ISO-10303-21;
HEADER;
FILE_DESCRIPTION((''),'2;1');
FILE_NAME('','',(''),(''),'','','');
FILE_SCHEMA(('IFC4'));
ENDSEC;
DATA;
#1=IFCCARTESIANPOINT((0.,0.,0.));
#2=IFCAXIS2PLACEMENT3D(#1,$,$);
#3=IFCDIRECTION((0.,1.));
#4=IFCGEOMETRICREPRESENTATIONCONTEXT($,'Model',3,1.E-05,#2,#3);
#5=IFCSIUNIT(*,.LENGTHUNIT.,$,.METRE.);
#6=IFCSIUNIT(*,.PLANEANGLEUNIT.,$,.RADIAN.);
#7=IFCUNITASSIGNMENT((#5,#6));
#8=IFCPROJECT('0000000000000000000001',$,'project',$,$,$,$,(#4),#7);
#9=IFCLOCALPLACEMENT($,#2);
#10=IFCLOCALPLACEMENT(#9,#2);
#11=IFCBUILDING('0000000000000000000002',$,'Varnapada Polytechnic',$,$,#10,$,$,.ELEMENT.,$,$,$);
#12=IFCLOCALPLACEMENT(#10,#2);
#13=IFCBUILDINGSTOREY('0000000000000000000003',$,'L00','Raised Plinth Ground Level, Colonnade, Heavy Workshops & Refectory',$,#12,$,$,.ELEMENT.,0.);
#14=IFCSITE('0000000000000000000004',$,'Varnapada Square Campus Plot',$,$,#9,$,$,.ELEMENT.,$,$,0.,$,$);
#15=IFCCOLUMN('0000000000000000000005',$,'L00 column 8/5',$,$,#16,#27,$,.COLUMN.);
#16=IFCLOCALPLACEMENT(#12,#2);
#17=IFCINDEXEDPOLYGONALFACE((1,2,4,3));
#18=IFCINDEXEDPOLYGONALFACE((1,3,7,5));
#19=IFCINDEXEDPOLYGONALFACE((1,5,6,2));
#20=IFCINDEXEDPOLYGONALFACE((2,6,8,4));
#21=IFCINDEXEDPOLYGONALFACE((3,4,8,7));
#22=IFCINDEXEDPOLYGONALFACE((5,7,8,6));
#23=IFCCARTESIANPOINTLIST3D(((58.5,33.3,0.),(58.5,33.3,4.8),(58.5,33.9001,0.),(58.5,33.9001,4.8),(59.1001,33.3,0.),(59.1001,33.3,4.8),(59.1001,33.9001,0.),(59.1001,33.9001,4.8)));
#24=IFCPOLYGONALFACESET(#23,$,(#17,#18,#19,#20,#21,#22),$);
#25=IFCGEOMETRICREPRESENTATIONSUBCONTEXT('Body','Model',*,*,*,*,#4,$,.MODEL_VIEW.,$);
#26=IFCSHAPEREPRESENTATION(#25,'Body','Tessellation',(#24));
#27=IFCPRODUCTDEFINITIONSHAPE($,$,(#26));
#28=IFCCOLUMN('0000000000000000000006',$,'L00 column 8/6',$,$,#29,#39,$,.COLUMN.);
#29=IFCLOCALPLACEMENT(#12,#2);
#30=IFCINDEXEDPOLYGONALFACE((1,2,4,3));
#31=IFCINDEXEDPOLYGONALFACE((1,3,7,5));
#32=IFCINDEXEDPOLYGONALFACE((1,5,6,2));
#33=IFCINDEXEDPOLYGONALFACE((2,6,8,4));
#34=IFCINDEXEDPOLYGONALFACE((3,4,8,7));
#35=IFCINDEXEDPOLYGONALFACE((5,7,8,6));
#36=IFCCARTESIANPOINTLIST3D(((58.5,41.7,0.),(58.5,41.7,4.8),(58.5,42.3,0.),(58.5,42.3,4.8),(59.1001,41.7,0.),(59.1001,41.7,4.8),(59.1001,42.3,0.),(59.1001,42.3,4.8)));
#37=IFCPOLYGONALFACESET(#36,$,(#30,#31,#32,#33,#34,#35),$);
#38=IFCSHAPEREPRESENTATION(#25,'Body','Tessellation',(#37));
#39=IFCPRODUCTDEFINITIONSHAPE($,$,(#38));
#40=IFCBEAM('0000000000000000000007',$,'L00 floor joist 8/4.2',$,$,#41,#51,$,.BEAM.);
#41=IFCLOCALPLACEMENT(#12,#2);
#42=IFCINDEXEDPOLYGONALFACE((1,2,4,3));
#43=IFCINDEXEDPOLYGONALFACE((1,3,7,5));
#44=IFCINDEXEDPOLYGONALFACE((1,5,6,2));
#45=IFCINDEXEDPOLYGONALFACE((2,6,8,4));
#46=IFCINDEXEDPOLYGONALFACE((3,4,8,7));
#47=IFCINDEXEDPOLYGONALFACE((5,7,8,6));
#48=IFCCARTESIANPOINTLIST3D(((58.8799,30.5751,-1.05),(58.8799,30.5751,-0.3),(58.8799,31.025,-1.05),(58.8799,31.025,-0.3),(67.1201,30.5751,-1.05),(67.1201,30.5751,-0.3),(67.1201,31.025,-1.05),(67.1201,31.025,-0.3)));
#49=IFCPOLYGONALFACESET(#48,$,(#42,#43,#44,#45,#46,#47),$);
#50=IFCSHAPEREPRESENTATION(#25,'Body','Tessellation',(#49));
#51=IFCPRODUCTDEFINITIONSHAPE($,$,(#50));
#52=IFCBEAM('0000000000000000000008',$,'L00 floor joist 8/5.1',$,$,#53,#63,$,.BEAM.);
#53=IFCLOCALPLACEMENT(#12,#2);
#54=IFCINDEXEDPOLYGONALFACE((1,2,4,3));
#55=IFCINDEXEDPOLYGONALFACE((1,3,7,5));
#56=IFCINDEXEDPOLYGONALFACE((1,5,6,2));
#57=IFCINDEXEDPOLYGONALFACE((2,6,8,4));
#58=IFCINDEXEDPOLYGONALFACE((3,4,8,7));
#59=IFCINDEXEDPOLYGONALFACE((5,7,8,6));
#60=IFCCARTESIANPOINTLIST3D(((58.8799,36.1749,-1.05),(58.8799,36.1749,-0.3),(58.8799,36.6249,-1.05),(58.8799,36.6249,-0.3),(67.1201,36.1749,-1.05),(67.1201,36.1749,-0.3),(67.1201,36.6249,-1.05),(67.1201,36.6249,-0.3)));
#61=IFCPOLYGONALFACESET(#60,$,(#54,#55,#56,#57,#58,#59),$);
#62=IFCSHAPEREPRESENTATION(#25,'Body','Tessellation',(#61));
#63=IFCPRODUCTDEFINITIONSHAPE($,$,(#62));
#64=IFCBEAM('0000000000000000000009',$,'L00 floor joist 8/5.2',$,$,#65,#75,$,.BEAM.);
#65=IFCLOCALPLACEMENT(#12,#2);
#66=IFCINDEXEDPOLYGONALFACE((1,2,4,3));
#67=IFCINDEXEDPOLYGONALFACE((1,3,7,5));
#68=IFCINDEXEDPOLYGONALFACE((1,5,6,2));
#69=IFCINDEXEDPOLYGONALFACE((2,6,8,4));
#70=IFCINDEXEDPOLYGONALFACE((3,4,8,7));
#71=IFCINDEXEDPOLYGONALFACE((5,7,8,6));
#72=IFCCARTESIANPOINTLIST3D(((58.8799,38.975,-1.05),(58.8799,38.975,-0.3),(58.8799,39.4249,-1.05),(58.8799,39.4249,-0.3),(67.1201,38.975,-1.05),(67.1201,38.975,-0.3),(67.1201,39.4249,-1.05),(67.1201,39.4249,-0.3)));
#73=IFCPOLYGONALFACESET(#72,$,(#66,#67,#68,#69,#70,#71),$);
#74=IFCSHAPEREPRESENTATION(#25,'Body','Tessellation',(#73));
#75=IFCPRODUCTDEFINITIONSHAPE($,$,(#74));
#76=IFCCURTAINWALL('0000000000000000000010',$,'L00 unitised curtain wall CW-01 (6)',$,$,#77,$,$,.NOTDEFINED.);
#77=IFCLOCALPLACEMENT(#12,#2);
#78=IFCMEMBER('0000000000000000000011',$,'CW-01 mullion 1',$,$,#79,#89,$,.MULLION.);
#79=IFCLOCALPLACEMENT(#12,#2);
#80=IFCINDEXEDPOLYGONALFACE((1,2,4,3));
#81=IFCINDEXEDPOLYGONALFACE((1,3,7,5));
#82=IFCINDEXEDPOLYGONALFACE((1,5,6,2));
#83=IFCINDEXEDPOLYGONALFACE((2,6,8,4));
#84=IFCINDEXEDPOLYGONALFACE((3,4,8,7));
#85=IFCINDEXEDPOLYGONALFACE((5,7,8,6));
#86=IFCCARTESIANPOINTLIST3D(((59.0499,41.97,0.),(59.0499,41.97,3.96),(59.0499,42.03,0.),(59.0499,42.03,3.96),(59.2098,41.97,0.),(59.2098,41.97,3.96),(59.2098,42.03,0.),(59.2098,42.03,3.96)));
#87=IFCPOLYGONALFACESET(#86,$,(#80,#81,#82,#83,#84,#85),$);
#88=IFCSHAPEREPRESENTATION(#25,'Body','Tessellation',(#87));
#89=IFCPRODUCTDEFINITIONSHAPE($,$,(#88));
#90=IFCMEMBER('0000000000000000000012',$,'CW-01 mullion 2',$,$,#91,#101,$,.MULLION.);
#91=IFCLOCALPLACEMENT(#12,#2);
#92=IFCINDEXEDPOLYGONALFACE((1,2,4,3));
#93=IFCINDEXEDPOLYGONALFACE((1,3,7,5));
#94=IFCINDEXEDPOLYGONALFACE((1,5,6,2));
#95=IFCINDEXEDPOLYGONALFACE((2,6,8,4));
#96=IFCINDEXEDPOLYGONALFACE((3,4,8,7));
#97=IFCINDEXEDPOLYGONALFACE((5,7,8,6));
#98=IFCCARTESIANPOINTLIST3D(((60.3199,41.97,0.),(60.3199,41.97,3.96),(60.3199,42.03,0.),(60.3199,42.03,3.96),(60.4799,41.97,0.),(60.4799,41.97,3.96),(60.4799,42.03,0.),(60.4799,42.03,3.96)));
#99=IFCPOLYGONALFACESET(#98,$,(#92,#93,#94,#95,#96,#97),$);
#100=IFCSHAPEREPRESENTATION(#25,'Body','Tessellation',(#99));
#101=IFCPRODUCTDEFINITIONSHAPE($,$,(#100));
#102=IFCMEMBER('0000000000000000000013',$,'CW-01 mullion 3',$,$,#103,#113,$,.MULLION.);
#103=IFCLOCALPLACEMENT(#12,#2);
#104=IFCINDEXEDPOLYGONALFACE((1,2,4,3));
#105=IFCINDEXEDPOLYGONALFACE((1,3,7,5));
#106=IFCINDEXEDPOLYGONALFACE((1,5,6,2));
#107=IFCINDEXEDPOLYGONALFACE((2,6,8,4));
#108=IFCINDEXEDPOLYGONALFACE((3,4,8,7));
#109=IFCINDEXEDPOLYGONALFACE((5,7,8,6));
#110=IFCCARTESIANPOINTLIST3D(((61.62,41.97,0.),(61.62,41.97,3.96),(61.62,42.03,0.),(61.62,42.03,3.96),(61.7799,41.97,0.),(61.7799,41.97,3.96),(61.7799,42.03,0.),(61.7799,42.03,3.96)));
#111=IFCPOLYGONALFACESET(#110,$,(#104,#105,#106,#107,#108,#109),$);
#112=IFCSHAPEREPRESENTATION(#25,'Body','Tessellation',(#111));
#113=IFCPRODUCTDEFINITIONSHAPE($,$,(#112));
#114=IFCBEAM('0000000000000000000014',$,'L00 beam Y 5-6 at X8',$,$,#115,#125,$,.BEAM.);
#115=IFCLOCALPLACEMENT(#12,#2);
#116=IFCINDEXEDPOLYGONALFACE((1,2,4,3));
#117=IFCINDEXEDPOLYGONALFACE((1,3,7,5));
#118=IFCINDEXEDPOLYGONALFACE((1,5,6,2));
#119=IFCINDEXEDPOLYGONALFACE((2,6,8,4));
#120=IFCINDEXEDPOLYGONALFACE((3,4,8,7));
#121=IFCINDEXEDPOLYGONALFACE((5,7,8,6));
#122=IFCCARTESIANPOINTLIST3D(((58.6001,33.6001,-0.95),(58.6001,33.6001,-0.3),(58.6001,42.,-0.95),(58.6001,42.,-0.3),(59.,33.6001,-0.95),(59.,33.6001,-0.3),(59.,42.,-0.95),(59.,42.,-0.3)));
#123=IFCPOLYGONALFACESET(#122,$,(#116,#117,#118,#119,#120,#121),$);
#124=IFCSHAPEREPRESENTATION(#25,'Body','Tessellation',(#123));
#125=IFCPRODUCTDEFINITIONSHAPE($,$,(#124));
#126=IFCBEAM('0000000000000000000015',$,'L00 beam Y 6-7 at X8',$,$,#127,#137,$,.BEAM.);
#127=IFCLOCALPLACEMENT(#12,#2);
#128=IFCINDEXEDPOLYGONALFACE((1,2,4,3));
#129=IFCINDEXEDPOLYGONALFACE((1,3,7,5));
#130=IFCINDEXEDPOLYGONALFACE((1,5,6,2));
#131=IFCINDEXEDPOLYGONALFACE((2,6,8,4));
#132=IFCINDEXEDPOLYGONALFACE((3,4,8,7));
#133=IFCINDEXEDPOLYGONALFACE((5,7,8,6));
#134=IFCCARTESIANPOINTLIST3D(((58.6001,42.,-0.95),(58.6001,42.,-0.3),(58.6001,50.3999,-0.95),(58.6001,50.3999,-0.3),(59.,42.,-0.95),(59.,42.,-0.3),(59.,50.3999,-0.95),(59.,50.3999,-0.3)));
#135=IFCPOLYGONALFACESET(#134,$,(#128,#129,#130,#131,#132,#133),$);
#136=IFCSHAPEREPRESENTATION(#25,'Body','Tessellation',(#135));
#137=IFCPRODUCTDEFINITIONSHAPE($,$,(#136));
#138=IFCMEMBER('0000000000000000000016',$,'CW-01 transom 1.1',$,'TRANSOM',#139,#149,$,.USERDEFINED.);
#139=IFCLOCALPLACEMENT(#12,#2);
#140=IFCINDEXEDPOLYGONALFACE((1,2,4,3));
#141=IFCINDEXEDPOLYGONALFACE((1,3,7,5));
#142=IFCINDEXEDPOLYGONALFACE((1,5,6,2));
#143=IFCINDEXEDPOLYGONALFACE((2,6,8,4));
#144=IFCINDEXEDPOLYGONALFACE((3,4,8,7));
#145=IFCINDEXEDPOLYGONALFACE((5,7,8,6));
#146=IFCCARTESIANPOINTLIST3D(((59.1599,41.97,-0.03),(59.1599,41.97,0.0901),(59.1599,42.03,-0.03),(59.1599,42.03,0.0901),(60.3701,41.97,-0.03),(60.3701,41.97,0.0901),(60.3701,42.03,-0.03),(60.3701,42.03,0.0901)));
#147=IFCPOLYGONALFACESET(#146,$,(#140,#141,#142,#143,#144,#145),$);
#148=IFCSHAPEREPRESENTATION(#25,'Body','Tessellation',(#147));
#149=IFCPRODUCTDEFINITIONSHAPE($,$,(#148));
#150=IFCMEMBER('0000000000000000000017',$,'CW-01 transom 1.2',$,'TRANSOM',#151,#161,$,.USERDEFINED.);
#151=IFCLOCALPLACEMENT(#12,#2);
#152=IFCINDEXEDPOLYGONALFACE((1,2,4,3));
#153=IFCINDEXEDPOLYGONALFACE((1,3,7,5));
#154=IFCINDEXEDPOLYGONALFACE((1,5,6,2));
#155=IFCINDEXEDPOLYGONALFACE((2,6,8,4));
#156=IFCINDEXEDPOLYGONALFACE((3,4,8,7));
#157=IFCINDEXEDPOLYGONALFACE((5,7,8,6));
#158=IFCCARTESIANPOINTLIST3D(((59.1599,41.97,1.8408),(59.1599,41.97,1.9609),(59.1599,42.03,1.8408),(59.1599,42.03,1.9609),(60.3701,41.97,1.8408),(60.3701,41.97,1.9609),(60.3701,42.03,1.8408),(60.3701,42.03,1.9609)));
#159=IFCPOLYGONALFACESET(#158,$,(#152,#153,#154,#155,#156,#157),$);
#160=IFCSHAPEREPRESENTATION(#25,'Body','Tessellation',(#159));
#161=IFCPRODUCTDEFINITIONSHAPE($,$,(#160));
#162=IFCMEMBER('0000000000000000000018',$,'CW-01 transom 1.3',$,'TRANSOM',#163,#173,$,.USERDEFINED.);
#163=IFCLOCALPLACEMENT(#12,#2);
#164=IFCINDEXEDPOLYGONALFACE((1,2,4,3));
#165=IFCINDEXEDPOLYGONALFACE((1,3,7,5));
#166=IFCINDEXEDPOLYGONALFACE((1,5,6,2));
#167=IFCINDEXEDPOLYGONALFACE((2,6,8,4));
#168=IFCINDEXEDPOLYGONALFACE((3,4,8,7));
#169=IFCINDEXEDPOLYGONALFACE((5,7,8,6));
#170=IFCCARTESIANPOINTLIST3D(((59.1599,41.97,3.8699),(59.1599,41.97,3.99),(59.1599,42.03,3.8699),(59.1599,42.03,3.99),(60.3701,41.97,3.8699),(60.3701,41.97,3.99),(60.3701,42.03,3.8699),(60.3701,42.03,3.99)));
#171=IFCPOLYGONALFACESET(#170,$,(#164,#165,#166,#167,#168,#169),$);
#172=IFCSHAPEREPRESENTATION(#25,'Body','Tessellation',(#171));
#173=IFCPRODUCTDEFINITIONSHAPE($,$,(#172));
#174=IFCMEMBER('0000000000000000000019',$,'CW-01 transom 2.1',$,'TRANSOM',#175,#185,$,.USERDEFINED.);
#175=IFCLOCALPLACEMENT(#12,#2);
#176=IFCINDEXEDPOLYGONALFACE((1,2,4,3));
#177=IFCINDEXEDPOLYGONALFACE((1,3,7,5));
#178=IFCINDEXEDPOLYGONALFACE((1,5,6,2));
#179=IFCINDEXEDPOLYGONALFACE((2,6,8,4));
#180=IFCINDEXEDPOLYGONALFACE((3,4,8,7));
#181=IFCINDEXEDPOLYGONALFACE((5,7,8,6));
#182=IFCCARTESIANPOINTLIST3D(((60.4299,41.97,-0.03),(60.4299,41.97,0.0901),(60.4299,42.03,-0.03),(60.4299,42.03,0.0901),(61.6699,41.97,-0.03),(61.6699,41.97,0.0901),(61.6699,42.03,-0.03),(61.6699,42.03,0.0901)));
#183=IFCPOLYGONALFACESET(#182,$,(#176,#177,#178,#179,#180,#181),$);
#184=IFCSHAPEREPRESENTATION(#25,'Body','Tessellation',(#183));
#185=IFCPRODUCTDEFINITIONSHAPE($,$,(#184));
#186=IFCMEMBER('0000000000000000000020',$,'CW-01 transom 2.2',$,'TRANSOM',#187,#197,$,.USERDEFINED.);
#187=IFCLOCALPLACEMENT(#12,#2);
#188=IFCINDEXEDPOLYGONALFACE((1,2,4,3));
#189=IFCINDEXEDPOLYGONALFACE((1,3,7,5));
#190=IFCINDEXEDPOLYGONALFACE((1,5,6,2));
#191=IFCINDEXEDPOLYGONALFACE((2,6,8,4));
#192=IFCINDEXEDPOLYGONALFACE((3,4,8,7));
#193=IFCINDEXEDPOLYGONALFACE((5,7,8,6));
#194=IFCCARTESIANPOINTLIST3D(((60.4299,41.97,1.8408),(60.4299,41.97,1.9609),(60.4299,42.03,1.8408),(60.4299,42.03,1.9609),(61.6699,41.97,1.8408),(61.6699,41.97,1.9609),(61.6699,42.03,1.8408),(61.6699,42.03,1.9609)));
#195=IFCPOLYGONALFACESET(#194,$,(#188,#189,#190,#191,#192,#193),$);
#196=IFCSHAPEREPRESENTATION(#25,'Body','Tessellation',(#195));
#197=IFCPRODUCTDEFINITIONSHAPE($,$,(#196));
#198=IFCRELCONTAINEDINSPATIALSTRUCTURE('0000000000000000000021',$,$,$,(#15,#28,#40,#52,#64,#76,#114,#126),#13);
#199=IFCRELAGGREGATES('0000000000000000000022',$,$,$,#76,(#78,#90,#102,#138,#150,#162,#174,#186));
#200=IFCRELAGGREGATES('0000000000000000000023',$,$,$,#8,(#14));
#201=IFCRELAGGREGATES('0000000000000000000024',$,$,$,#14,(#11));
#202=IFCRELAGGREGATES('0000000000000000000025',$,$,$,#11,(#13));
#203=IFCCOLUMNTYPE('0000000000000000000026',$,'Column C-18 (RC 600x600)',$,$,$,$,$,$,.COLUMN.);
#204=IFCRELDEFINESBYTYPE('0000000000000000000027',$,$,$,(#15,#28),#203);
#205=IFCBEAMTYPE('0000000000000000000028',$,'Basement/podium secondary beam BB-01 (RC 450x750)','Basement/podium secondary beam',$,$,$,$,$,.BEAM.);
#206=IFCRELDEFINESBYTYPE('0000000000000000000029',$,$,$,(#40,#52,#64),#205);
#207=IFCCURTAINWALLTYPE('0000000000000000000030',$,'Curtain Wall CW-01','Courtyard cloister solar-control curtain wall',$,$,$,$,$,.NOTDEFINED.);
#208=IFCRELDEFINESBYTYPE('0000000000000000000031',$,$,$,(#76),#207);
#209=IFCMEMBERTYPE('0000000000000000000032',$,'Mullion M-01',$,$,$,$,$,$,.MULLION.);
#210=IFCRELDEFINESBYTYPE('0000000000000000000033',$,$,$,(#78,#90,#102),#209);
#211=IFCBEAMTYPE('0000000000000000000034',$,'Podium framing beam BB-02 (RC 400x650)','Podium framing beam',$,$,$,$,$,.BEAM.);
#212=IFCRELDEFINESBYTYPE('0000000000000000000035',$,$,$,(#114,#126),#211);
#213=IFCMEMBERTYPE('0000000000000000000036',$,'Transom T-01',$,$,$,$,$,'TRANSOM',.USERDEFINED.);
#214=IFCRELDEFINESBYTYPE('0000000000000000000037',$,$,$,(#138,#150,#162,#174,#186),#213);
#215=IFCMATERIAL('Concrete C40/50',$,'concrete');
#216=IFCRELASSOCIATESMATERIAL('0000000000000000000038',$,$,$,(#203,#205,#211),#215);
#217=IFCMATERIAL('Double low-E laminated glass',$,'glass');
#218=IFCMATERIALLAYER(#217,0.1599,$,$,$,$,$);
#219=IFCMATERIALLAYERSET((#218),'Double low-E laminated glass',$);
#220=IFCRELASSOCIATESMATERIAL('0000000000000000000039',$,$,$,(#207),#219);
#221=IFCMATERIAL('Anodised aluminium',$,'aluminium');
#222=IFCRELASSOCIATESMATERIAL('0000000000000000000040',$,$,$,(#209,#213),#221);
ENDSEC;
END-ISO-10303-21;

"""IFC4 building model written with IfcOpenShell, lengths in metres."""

from ifc_helpers import new_model, si_unit, direction, frame, origin, origin_2d, place, context, subcontext, project, spatial, rectangle, extrude, material, layer, layer_set, material_profile, profile_set, type_object, element, aggregate, save


model = new_model("IFC4")

# Units and contexts
model_context = context("Model", 3, precision=1e-05, world=origin(), true_north=direction((0.0, 1.0)))
body_context = subcontext(model_context, "Body", "Model", "MODEL_VIEW")
ifc_project = project(units=[si_unit("LENGTHUNIT", "METRE"), si_unit("PLANEANGLEUNIT", "RADIAN")], contexts=[model_context])

# Site, building, storey
site_placement = place(None, origin())
site = spatial("IfcSite", under=ifc_project, at=site_placement, Name="Varnapada Square Campus Plot", CompositionType="ELEMENT", RefElevation=0.0)
building_placement = place(site_placement, origin())
building = spatial("IfcBuilding", under=site, at=building_placement, Name="Varnapada Polytechnic", CompositionType="ELEMENT")
storey_placement = place(building_placement, origin())
storey = spatial("IfcBuildingStorey", under=building, at=storey_placement, Name="L00", Description="Raised Plinth Ground Level, Colonnade, Heavy Workshops & Refectory", CompositionType="ELEMENT", Elevation=0.0)

# Columns
ifc_material_1 = material(Name="Concrete C40/50", Category="concrete")
ifc_material_profile_1 = material_profile(ifc_material_1, rectangle(XDim=0.6001, YDim=0.6001, at=origin_2d()), Name="RC 600x600")
ifc_profile_set_1 = profile_set([ifc_material_profile_1], Name="Concrete C40/50")
column_type = type_object("IfcColumnType", Name="Column C-18 (RC 600x600)", PredefinedType="COLUMN", material=ifc_profile_set_1)
for number, where, z_axis, x_axis, name in (
    (1, (58.8, 33.6001, 0.0), (0.0, 0.0, 1.0), (1.0, 0.0, 0.0), "L00 column 8/5"),
    (2, (58.8, 42.0, 0.0), (0.0, 0.0, 1.0), (1.0, 0.0, 0.0), "L00 column 8/6"),
):
    element("IfcColumn", number, at=place(storey_placement, frame(where, z_axis=z_axis, x_axis=x_axis)), inside=storey, type_object=column_type, Name=name, PredefinedType="COLUMN", context=body_context, shape_type="SweptSolid", body=[
        extrude(rectangle(XDim=0.6001, YDim=0.6001, at=origin_2d()), origin(), (0.0, 0.0, 1.0), 4.8),
    ])

# Beams
ifc_material_profile_2 = material_profile(ifc_material_1, rectangle(XDim=0.45, YDim=0.75, at=origin_2d()), Name="RC 450x750")
ifc_profile_set_2 = profile_set([ifc_material_profile_2], Name="Concrete C40/50")
beam_type_1 = type_object("IfcBeamType", Name="Basement/podium secondary beam BB-01 (RC 450x750)", Description="Basement/podium secondary beam", PredefinedType="BEAM", material=ifc_profile_set_2)
for number, where, z_axis, x_axis, name in (
    (3, (58.8799, 30.8, -0.675), (1.0, 0.0, 0.0), (0.0, 1.0, 0.0), "L00 floor joist 8/4.2"),
    (4, (58.8799, 36.3999, -0.675), (1.0, 0.0, 0.0), (0.0, 1.0, 0.0), "L00 floor joist 8/5.1"),
    (5, (58.8799, 39.2, -0.675), (1.0, 0.0, 0.0), (0.0, 1.0, 0.0), "L00 floor joist 8/5.2"),
):
    element("IfcBeam", number, at=place(storey_placement, frame(where, z_axis=z_axis, x_axis=x_axis)), inside=storey, type_object=beam_type_1, Name=name, PredefinedType="BEAM", context=body_context, shape_type="SweptSolid", body=[
        extrude(rectangle(XDim=0.45, YDim=0.75, at=origin_2d()), origin(), (0.0, 0.0, 1.0), 8.2402),
    ])

# Curtain wall, members
ifc_material_2 = material(Name="Double low-E laminated glass", Category="glass")
ifc_layer_1 = layer(ifc_material_2, 0.1599)
ifc_layer_set_1 = layer_set([ifc_layer_1], Name="Double low-E laminated glass")
curtain_wall_type = type_object("IfcCurtainWallType", Name="Curtain Wall CW-01", Description="Courtyard cloister solar-control curtain wall", PredefinedType="NOTDEFINED", material=ifc_layer_set_1)
curtain_wall_placement = place(storey_placement, origin())
curtain_wall = element("IfcCurtainWall", 6, at=curtain_wall_placement, inside=storey, type_object=curtain_wall_type, Name="L00 unitised curtain wall CW-01 (6)", PredefinedType="NOTDEFINED")
ifc_material_3 = material(Name="Anodised aluminium", Category="aluminium")
ifc_material_profile_3 = material_profile(ifc_material_3, rectangle(XDim=0.0601, YDim=0.1599, at=origin_2d()), Name="ALU M60x160")
ifc_profile_set_3 = profile_set([ifc_material_profile_3], Name="Anodised aluminium")
member_type_1 = type_object("IfcMemberType", Name="Mullion M-01", PredefinedType="MULLION", material=ifc_profile_set_3)
member_1_placement = place(storey_placement, frame((59.1299, 42.0, 0.0), z_axis=(0.0, 0.0, 1.0), x_axis=(0.0, 1.0, 0.0)))
member_1 = element("IfcMember", 7, at=member_1_placement, type_object=member_type_1, Name="CW-01 mullion 1", PredefinedType="MULLION", context=body_context, shape_type="SweptSolid", body=[
    extrude(rectangle(XDim=0.0601, YDim=0.1599, at=origin_2d()), origin(), (0.0, 0.0, 1.0), 3.96),
])
member_2_placement = place(storey_placement, frame((60.3999, 42.0, 0.0), z_axis=(0.0, 0.0, 1.0), x_axis=(0.0, 1.0, 0.0)))
member_2 = element("IfcMember", 8, at=member_2_placement, type_object=member_type_1, Name="CW-01 mullion 2", PredefinedType="MULLION", context=body_context, shape_type="SweptSolid", body=[
    extrude(rectangle(XDim=0.0601, YDim=0.1599, at=origin_2d()), origin(), (0.0, 0.0, 1.0), 3.96),
])
member_3_placement = place(storey_placement, frame((61.7, 42.0, 0.0), z_axis=(0.0, 0.0, 1.0), x_axis=(0.0, 1.0, 0.0)))
member_3 = element("IfcMember", 9, at=member_3_placement, type_object=member_type_1, Name="CW-01 mullion 3", PredefinedType="MULLION", context=body_context, shape_type="SweptSolid", body=[
    extrude(rectangle(XDim=0.0601, YDim=0.1599, at=origin_2d()), origin(), (0.0, 0.0, 1.0), 3.96),
])

# Beams
ifc_material_profile_4 = material_profile(ifc_material_1, rectangle(XDim=0.3999, YDim=0.6499, at=origin_2d()), Name="RC 400x650")
ifc_profile_set_4 = profile_set([ifc_material_profile_4], Name="Concrete C40/50")
beam_type_2 = type_object("IfcBeamType", Name="Podium framing beam BB-02 (RC 400x650)", Description="Podium framing beam", PredefinedType="BEAM", material=ifc_profile_set_4)
for number, where, z_axis, x_axis, name in (
    (10, (58.8, 33.6001, -0.625), (0.0, 1.0, 0.0), (-1.0, 0.0, 0.0), "L00 beam Y 5-6 at X8"),
    (11, (58.8, 42.0, -0.625), (0.0, 1.0, 0.0), (-1.0, 0.0, 0.0), "L00 beam Y 6-7 at X8"),
):
    element("IfcBeam", number, at=place(storey_placement, frame(where, z_axis=z_axis, x_axis=x_axis)), inside=storey, type_object=beam_type_2, Name=name, PredefinedType="BEAM", context=body_context, shape_type="SweptSolid", body=[
        extrude(rectangle(XDim=0.3999, YDim=0.6499, at=origin_2d()), origin(), (0.0, 0.0, 1.0), 8.3999),
    ])

# Members
ifc_material_profile_5 = material_profile(ifc_material_3, rectangle(XDim=0.0601, YDim=0.1201, at=origin_2d()), Name="ALU T60x120")
ifc_profile_set_5 = profile_set([ifc_material_profile_5], Name="Anodised aluminium")
member_type_2 = type_object("IfcMemberType", Name="Transom T-01", ElementType="TRANSOM", PredefinedType="USERDEFINED", material=ifc_profile_set_5)
member_4_placement = place(storey_placement, frame((59.1599, 42.0, 0.03), z_axis=(1.0, 0.0, 0.0), x_axis=(0.0, 1.0, 0.0)))
member_4 = element("IfcMember", 12, at=member_4_placement, type_object=member_type_2, Name="CW-01 transom 1.1", ObjectType="TRANSOM", PredefinedType="USERDEFINED", context=body_context, shape_type="SweptSolid", body=[
    extrude(rectangle(XDim=0.0601, YDim=0.1201, at=origin_2d()), origin(), (0.0, 0.0, 1.0), 1.2102),
])
member_5_placement = place(storey_placement, frame((59.1599, 42.0, 1.9009), z_axis=(1.0, 0.0, 0.0), x_axis=(0.0, 1.0, 0.0)))
member_5 = element("IfcMember", 13, at=member_5_placement, type_object=member_type_2, Name="CW-01 transom 1.2", ObjectType="TRANSOM", PredefinedType="USERDEFINED", context=body_context, shape_type="SweptSolid", body=[
    extrude(rectangle(XDim=0.0601, YDim=0.1201, at=origin_2d()), origin(), (0.0, 0.0, 1.0), 1.2102),
])
member_6_placement = place(storey_placement, frame((59.1599, 42.0, 3.9299), z_axis=(1.0, 0.0, 0.0), x_axis=(0.0, 1.0, 0.0)))
member_6 = element("IfcMember", 14, at=member_6_placement, type_object=member_type_2, Name="CW-01 transom 1.3", ObjectType="TRANSOM", PredefinedType="USERDEFINED", context=body_context, shape_type="SweptSolid", body=[
    extrude(rectangle(XDim=0.0601, YDim=0.1201, at=origin_2d()), origin(), (0.0, 0.0, 1.0), 1.2102),
])
member_7_placement = place(storey_placement, frame((60.4299, 42.0, 0.03), z_axis=(1.0, 0.0, 0.0), x_axis=(0.0, 1.0, 0.0)))
member_7 = element("IfcMember", 15, at=member_7_placement, type_object=member_type_2, Name="CW-01 transom 2.1", ObjectType="TRANSOM", PredefinedType="USERDEFINED", context=body_context, shape_type="SweptSolid", body=[
    extrude(rectangle(XDim=0.0601, YDim=0.1201, at=origin_2d()), origin(), (0.0, 0.0, 1.0), 1.24),
])
member_8_placement = place(storey_placement, frame((60.4299, 42.0, 1.9009), z_axis=(1.0, 0.0, 0.0), x_axis=(0.0, 1.0, 0.0)))
member_8 = element("IfcMember", 16, at=member_8_placement, type_object=member_type_2, Name="CW-01 transom 2.2", ObjectType="TRANSOM", PredefinedType="USERDEFINED", context=body_context, shape_type="SweptSolid", body=[
    extrude(rectangle(XDim=0.0601, YDim=0.1201, at=origin_2d()), origin(), (0.0, 0.0, 1.0), 1.24),
])

aggregate(curtain_wall, [member_1, member_2, member_3, member_4, member_5, member_6, member_7, member_8])

save(model, "model.ifc")
